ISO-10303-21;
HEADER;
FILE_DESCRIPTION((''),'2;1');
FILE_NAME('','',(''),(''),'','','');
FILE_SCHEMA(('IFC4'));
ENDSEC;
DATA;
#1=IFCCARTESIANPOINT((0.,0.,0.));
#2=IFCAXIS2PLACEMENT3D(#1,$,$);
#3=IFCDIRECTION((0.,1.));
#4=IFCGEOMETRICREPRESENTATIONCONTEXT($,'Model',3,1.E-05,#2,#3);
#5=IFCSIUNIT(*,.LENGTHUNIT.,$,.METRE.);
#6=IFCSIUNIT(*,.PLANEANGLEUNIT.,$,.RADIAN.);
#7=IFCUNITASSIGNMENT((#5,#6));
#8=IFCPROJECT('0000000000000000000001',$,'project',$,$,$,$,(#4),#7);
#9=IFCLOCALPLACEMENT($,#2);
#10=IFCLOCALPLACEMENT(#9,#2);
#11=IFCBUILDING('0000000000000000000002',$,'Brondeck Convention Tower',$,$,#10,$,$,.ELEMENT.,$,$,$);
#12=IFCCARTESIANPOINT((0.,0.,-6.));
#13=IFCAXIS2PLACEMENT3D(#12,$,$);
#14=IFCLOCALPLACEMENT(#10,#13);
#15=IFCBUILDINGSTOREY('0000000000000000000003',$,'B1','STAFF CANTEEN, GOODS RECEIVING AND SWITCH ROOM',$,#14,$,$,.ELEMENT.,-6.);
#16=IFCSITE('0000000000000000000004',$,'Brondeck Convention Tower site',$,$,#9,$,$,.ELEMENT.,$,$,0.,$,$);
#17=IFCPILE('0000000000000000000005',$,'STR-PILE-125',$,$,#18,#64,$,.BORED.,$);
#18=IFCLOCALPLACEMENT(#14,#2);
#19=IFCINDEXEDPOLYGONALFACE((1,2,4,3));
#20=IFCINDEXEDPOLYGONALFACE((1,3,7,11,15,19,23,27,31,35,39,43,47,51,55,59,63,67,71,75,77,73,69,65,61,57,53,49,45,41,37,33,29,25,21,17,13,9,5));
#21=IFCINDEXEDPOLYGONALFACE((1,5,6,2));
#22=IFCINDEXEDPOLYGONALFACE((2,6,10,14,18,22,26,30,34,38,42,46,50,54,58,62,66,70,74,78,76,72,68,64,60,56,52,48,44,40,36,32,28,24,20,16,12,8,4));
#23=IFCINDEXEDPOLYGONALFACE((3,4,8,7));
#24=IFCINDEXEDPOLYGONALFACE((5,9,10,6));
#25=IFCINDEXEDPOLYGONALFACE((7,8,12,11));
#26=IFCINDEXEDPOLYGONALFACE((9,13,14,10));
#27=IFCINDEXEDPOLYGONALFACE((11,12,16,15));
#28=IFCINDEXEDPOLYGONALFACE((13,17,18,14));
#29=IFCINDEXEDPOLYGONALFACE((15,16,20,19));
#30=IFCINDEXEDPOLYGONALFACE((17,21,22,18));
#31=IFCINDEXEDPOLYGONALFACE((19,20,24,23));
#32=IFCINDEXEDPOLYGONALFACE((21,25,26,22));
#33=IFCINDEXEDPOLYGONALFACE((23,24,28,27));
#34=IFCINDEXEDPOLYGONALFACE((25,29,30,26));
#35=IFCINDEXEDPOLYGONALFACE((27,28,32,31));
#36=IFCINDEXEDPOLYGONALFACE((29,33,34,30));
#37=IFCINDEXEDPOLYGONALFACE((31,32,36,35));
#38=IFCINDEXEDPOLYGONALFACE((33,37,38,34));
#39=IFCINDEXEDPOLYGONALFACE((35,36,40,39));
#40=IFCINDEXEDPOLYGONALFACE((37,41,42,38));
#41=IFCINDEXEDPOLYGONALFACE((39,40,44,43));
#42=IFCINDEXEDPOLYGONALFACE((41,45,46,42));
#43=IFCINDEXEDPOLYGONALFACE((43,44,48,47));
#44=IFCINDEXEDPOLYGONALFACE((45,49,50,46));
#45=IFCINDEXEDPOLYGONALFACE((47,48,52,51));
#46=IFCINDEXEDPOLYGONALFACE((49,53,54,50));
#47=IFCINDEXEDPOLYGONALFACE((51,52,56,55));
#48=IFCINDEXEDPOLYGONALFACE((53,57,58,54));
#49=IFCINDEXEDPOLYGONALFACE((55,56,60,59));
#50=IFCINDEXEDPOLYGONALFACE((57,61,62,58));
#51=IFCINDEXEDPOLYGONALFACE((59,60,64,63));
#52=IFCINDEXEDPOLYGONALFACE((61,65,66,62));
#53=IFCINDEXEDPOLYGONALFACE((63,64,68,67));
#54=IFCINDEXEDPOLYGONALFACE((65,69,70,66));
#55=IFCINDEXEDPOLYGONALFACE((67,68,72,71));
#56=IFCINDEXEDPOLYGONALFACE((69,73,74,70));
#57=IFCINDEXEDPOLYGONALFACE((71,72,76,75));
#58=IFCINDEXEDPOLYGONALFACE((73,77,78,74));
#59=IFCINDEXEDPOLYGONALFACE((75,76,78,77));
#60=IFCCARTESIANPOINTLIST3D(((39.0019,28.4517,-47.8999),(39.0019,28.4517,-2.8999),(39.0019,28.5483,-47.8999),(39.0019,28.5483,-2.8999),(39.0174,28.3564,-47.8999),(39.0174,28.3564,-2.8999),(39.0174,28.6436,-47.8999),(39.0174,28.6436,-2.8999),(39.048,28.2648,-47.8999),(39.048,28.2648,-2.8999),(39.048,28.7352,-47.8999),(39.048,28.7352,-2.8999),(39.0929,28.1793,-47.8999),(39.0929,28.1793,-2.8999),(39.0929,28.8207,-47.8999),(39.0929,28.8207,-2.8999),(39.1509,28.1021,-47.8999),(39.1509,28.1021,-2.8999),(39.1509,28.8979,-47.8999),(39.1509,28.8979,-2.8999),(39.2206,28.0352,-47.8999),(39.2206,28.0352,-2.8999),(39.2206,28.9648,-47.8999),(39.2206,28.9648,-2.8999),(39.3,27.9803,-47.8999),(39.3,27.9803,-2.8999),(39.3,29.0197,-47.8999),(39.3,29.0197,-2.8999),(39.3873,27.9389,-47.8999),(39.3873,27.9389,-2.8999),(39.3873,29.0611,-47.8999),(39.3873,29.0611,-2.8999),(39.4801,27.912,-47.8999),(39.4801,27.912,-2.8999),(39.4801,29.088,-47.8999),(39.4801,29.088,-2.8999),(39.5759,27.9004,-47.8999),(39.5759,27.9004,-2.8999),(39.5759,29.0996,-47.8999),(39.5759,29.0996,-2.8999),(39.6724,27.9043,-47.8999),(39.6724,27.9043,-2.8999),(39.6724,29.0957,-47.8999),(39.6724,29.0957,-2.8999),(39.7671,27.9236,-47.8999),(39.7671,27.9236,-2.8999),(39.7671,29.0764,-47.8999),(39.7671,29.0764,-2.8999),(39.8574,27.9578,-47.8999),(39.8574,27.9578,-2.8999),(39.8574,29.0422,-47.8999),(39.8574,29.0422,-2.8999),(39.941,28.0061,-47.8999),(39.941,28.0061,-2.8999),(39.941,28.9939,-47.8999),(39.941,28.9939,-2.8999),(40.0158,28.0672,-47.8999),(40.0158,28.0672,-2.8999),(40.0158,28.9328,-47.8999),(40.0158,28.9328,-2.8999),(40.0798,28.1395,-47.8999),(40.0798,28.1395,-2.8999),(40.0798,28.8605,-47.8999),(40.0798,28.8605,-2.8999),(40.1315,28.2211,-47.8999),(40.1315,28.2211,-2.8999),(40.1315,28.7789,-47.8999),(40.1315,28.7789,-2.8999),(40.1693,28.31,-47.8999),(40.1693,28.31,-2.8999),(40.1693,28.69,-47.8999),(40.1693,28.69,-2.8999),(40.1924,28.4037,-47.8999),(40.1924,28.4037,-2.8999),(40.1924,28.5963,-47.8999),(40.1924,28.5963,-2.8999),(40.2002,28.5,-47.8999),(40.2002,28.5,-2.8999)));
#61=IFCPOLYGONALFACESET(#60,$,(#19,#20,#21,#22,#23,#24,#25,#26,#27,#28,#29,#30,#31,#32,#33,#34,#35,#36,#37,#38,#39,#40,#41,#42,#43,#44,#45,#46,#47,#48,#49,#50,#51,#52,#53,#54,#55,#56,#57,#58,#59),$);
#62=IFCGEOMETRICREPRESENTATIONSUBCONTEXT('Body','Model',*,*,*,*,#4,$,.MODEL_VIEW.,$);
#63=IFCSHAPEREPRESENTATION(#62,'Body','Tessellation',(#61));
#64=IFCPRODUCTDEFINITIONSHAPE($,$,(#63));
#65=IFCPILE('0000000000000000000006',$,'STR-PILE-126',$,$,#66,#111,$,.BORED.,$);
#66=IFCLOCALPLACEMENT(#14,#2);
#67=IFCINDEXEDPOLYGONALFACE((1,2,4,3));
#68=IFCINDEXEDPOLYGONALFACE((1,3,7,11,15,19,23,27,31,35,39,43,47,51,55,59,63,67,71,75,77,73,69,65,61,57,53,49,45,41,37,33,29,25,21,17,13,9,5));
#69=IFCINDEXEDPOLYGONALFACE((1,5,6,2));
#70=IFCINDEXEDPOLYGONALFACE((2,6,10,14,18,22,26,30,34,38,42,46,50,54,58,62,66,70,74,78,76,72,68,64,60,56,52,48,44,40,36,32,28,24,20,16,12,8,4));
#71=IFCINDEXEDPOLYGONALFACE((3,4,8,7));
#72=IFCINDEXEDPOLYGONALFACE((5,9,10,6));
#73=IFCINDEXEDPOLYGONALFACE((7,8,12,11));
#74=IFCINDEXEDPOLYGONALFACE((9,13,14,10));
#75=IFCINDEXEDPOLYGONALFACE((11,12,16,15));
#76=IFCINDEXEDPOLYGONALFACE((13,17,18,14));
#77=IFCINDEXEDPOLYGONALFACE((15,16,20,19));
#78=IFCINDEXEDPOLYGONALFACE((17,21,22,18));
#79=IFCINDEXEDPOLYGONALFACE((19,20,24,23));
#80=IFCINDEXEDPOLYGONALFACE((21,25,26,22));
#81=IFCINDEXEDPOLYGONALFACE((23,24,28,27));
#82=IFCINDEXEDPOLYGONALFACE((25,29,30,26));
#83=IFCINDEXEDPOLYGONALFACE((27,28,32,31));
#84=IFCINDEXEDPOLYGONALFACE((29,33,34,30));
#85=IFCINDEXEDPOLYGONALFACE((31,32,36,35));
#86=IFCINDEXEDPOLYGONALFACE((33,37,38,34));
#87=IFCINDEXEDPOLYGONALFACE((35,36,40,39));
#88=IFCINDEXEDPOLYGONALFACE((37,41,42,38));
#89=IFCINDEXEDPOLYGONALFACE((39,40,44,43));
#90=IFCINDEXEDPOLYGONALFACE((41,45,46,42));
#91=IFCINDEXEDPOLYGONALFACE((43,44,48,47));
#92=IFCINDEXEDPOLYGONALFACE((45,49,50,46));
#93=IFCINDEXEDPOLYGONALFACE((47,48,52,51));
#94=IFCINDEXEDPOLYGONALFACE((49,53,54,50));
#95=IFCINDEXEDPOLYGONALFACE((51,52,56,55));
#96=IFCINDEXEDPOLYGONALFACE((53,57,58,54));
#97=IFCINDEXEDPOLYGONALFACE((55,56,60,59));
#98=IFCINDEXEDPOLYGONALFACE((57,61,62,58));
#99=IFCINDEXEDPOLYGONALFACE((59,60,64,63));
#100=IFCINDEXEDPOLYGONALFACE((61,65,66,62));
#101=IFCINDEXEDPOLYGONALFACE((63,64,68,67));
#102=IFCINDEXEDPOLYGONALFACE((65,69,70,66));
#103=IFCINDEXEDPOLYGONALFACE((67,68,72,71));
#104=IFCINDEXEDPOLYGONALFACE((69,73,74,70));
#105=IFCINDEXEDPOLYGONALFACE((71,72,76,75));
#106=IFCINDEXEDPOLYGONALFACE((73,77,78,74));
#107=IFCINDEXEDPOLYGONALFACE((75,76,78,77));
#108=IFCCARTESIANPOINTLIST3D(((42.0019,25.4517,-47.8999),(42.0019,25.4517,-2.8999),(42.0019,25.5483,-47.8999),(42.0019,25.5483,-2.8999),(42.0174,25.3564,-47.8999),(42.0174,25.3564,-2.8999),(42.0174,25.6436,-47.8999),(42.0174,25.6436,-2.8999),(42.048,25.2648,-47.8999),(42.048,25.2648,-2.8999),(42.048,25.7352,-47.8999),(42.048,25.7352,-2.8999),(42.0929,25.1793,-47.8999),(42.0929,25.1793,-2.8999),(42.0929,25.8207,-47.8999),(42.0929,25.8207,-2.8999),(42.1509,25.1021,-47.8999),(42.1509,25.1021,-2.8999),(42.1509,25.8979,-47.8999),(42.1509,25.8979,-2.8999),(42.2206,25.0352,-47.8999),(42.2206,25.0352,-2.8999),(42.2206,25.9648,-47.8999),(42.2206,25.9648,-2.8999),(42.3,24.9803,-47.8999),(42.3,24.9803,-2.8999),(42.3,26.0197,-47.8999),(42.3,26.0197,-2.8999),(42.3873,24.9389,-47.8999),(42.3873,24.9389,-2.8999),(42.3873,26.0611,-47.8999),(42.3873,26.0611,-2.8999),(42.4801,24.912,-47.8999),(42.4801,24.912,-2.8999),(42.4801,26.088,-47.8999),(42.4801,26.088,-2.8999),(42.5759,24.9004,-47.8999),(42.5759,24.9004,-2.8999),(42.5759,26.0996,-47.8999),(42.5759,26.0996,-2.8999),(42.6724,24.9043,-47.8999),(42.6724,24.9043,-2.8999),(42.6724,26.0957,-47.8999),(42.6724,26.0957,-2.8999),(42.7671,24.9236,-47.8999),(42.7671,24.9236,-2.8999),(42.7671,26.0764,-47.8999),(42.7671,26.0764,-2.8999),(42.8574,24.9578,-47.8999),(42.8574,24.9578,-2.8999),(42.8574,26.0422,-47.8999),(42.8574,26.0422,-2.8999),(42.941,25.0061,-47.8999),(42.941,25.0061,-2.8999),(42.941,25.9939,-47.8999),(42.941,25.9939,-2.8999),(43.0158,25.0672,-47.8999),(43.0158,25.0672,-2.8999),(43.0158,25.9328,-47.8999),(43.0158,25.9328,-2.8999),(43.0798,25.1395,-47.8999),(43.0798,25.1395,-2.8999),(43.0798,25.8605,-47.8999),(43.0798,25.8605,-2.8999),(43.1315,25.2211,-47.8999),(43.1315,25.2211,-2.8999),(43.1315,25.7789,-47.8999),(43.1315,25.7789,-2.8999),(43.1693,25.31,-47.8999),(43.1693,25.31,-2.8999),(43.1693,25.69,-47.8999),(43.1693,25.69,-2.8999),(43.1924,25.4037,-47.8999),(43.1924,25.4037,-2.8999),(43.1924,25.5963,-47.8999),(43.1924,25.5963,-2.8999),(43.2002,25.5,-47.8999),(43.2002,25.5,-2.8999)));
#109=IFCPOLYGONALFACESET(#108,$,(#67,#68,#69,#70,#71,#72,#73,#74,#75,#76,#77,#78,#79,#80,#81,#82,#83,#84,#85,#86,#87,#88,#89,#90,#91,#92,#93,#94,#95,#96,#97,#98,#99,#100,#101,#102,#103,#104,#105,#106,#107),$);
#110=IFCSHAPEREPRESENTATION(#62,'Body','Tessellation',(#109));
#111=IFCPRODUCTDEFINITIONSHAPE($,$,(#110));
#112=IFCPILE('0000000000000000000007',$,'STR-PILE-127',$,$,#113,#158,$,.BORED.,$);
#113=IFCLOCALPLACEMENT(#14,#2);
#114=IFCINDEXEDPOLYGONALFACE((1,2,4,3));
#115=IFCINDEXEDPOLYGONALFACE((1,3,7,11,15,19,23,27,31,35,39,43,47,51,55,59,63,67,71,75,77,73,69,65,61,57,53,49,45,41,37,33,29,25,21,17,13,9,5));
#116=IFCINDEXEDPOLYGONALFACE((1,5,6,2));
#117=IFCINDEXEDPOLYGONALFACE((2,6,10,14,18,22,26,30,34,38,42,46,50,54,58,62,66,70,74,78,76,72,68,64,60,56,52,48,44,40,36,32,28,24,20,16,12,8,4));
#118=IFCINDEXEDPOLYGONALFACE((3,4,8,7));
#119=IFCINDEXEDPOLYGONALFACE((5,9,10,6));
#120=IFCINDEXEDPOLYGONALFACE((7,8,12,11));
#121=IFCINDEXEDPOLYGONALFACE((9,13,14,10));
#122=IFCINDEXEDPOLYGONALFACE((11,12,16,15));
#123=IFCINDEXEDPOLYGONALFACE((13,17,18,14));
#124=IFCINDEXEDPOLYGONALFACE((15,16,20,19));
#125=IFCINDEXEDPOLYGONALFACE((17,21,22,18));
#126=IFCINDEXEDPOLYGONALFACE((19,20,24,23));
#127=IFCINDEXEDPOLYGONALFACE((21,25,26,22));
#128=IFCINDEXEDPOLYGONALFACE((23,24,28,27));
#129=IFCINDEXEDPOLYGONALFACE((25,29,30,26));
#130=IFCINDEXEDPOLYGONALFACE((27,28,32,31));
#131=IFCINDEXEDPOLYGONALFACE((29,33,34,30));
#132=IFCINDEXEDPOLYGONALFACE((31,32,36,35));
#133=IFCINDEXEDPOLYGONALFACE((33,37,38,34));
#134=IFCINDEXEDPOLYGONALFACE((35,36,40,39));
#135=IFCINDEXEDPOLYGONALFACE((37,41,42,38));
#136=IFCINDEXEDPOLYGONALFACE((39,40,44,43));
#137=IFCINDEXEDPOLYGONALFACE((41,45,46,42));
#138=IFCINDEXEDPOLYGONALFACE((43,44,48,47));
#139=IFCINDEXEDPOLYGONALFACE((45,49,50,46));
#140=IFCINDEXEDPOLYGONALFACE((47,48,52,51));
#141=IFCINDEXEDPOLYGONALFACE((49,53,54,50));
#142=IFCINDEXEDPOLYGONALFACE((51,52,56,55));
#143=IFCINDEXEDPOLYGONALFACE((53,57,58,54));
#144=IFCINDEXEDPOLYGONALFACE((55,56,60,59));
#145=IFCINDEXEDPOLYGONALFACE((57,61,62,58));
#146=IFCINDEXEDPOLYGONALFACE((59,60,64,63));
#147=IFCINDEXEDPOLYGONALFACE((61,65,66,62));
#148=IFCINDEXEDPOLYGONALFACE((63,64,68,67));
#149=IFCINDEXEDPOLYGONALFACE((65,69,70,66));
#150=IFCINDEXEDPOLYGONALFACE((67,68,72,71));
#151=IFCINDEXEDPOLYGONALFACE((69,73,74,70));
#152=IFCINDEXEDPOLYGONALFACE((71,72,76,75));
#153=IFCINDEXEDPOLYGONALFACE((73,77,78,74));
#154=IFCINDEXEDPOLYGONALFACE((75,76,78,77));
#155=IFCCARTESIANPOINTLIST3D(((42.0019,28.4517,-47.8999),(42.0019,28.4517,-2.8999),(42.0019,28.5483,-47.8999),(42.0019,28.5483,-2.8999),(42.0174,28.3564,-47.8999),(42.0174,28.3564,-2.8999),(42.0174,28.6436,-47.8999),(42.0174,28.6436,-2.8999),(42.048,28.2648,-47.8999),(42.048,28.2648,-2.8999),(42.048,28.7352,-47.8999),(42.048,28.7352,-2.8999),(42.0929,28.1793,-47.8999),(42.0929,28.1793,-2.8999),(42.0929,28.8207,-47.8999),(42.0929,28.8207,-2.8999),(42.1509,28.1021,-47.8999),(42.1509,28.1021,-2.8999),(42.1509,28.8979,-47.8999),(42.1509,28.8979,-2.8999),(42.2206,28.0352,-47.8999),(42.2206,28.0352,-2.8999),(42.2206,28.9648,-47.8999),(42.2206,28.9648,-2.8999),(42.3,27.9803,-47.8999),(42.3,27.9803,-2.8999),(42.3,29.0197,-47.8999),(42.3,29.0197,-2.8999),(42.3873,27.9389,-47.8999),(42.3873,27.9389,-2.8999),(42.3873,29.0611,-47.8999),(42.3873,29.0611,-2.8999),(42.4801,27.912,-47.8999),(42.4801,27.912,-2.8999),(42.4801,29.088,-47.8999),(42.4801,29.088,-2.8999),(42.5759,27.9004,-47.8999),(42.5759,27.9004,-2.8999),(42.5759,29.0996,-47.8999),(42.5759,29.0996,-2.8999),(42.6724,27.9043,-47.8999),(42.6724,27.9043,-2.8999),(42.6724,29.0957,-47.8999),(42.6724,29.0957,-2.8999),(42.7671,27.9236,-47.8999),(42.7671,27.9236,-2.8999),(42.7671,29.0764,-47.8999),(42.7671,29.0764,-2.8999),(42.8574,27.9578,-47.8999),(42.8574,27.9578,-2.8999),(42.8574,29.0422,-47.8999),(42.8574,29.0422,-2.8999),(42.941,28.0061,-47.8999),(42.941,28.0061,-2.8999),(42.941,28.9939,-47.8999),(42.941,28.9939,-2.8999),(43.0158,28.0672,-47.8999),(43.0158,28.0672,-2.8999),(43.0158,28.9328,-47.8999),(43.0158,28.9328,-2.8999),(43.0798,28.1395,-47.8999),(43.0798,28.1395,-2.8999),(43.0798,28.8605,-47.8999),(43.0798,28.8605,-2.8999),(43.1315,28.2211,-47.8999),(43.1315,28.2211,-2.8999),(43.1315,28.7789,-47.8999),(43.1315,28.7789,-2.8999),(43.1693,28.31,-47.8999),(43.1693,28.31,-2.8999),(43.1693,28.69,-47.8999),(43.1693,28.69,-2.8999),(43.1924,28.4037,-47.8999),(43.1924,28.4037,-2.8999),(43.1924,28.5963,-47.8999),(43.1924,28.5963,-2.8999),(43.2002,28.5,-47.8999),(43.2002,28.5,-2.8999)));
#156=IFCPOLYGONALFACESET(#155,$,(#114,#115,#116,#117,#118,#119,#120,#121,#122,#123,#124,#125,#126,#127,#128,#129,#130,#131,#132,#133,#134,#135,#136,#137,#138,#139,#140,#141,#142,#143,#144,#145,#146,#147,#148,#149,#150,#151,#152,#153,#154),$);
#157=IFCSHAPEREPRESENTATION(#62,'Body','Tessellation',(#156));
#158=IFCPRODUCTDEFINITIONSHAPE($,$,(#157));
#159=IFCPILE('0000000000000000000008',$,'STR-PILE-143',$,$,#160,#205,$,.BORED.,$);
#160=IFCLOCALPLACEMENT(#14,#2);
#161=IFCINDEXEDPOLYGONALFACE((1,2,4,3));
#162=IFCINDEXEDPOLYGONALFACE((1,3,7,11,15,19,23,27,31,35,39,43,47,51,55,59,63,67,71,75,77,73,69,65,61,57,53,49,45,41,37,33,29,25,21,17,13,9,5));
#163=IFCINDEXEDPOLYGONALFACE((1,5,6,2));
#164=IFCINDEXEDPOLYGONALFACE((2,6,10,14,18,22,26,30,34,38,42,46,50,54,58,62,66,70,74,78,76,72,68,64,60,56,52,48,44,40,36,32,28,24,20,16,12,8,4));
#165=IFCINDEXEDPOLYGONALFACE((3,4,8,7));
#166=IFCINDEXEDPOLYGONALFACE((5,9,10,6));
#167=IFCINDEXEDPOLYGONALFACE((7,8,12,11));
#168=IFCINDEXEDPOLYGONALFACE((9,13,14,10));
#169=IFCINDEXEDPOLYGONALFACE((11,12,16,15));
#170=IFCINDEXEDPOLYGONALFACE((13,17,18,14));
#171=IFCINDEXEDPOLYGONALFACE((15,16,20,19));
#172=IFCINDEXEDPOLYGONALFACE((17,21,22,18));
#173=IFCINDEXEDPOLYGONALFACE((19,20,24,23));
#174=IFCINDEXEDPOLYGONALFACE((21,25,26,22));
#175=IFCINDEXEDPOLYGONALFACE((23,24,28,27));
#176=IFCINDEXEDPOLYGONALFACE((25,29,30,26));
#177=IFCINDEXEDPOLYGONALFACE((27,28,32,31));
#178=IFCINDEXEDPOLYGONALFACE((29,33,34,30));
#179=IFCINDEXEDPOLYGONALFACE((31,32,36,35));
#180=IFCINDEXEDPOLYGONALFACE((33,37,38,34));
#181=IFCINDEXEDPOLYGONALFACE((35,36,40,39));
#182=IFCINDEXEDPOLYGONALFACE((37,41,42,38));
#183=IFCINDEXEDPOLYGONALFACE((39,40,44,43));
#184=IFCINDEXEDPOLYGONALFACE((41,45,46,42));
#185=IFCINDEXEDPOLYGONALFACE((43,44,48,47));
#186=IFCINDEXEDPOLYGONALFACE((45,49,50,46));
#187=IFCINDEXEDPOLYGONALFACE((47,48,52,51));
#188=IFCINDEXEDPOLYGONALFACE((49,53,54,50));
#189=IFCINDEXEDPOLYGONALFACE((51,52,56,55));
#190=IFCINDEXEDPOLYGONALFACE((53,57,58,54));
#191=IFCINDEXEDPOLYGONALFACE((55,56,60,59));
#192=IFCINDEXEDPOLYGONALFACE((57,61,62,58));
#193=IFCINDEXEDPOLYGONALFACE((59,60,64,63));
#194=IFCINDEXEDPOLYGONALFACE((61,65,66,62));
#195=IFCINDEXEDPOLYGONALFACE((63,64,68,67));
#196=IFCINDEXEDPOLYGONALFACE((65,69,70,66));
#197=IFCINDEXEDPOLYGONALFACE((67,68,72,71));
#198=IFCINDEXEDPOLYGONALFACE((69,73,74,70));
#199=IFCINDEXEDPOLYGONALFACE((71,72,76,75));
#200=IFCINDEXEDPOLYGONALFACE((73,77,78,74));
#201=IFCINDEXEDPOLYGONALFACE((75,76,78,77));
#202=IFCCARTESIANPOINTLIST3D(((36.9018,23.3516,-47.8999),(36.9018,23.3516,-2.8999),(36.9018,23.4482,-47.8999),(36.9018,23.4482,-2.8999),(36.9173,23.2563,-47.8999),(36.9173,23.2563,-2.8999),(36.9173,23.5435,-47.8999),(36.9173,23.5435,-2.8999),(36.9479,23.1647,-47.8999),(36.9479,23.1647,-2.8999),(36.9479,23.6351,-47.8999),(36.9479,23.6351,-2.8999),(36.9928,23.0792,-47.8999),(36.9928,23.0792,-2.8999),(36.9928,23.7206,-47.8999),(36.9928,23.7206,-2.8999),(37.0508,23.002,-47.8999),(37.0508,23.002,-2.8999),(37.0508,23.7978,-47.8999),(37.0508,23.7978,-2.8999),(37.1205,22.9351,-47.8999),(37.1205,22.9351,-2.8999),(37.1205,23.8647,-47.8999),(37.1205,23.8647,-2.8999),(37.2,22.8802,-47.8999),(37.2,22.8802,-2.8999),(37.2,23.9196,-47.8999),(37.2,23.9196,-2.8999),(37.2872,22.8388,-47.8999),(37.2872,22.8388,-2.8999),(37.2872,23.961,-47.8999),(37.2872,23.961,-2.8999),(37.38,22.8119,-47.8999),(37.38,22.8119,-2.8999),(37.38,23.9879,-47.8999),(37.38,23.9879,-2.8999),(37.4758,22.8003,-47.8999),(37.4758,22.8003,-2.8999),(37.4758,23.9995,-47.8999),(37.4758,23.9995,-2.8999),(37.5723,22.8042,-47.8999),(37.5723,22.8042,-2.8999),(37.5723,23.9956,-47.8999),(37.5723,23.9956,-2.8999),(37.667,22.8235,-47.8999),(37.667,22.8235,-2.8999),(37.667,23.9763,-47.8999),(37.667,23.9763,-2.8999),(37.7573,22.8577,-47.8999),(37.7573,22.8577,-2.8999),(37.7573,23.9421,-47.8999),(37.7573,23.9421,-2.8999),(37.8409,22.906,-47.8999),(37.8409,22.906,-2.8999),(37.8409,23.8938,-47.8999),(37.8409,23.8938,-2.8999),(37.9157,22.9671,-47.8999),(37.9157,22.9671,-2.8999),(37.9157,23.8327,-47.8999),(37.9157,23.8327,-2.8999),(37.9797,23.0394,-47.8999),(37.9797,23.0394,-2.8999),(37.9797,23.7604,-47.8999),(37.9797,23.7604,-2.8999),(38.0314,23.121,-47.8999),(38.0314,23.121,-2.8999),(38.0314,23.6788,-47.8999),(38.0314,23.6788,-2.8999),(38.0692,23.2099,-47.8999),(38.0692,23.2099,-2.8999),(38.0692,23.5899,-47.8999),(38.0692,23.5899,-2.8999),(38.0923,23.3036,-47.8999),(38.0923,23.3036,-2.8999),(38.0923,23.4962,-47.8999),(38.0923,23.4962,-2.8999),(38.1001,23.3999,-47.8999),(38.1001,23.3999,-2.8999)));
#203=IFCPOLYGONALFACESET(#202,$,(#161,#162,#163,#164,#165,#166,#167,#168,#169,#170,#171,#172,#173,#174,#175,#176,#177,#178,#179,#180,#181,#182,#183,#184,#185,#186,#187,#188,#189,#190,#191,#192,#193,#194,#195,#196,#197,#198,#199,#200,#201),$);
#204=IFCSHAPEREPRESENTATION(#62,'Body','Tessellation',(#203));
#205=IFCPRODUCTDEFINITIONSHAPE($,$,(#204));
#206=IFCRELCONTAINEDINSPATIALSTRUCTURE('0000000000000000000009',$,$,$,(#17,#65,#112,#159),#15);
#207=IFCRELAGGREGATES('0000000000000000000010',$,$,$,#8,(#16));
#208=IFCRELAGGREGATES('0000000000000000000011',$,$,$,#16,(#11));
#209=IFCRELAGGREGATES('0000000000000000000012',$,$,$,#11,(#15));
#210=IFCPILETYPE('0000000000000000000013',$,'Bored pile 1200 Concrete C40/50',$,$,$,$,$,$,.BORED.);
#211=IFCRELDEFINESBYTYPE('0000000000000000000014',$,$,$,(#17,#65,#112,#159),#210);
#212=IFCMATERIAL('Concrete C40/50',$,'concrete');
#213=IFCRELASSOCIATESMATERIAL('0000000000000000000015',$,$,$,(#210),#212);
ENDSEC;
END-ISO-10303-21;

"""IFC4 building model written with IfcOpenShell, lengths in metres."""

from ifc_helpers import new_model, si_unit, direction, frame, origin, origin_2d, place, context, subcontext, project, spatial, circle, extrude, material, material_profile, profile_set, type_object, element, save


model = new_model("IFC4")

# Units and contexts
model_context = context("Model", 3, precision=1e-05, world=origin(), true_north=direction((0.0, 1.0)))
body_context = subcontext(model_context, "Body", "Model", "MODEL_VIEW")
ifc_project = project(units=[si_unit("LENGTHUNIT", "METRE"), si_unit("PLANEANGLEUNIT", "RADIAN")], contexts=[model_context])

# Site, building, storey
site_placement = place(None, origin())
site = spatial("IfcSite", under=ifc_project, at=site_placement, Name="Brondeck Convention Tower site", CompositionType="ELEMENT", RefElevation=0.0)
building_placement = place(site_placement, origin())
building = spatial("IfcBuilding", under=site, at=building_placement, Name="Brondeck Convention Tower", CompositionType="ELEMENT")
storey_placement = place(building_placement, frame((0.0, 0.0, -6.0)))
storey = spatial("IfcBuildingStorey", under=building, at=storey_placement, Name="B1", Description="STAFF CANTEEN, GOODS RECEIVING AND SWITCH ROOM", CompositionType="ELEMENT", Elevation=-6.0)

# Piles
ifc_material_1 = material(Name="Concrete C40/50", Category="concrete")
ifc_material_profile_1 = material_profile(ifc_material_1, circle(Radius=0.6001, at=origin_2d()), Name="Bored pile 1200 Concrete C40/50")
ifc_profile_set_1 = profile_set([ifc_material_profile_1], Name="Concrete C40/50")
pile_type = type_object("IfcPileType", Name="Bored pile 1200 Concrete C40/50", PredefinedType="BORED", material=ifc_profile_set_1)
for number, where, z_axis, x_axis, name in (
    (1, (39.6001, 28.5, -2.8999), (0.0, 0.0, -1.0), (1.0, 0.0, 0.0), "STR-PILE-125"),
    (2, (42.6001, 25.5, -2.8999), (0.0, 0.0, -1.0), (1.0, 0.0, 0.0), "STR-PILE-126"),
    (3, (42.6001, 28.5, -2.8999), (0.0, 0.0, -1.0), (1.0, 0.0, 0.0), "STR-PILE-127"),
    (4, (37.5, 23.3999, -2.8999), (0.0, 0.0, -1.0), (1.0, 0.0, 0.0), "STR-PILE-143"),
):
    element("IfcPile", number, at=place(storey_placement, frame(where, z_axis=z_axis, x_axis=x_axis)), inside=storey, type_object=pile_type, Name=name, PredefinedType="BORED", context=body_context, shape_type="SweptSolid", body=[
        extrude(circle(Radius=0.6001, at=origin_2d()), origin(), (0.0, 0.0, 1.0), 45.0),
    ])

save(model, "model.ifc")
